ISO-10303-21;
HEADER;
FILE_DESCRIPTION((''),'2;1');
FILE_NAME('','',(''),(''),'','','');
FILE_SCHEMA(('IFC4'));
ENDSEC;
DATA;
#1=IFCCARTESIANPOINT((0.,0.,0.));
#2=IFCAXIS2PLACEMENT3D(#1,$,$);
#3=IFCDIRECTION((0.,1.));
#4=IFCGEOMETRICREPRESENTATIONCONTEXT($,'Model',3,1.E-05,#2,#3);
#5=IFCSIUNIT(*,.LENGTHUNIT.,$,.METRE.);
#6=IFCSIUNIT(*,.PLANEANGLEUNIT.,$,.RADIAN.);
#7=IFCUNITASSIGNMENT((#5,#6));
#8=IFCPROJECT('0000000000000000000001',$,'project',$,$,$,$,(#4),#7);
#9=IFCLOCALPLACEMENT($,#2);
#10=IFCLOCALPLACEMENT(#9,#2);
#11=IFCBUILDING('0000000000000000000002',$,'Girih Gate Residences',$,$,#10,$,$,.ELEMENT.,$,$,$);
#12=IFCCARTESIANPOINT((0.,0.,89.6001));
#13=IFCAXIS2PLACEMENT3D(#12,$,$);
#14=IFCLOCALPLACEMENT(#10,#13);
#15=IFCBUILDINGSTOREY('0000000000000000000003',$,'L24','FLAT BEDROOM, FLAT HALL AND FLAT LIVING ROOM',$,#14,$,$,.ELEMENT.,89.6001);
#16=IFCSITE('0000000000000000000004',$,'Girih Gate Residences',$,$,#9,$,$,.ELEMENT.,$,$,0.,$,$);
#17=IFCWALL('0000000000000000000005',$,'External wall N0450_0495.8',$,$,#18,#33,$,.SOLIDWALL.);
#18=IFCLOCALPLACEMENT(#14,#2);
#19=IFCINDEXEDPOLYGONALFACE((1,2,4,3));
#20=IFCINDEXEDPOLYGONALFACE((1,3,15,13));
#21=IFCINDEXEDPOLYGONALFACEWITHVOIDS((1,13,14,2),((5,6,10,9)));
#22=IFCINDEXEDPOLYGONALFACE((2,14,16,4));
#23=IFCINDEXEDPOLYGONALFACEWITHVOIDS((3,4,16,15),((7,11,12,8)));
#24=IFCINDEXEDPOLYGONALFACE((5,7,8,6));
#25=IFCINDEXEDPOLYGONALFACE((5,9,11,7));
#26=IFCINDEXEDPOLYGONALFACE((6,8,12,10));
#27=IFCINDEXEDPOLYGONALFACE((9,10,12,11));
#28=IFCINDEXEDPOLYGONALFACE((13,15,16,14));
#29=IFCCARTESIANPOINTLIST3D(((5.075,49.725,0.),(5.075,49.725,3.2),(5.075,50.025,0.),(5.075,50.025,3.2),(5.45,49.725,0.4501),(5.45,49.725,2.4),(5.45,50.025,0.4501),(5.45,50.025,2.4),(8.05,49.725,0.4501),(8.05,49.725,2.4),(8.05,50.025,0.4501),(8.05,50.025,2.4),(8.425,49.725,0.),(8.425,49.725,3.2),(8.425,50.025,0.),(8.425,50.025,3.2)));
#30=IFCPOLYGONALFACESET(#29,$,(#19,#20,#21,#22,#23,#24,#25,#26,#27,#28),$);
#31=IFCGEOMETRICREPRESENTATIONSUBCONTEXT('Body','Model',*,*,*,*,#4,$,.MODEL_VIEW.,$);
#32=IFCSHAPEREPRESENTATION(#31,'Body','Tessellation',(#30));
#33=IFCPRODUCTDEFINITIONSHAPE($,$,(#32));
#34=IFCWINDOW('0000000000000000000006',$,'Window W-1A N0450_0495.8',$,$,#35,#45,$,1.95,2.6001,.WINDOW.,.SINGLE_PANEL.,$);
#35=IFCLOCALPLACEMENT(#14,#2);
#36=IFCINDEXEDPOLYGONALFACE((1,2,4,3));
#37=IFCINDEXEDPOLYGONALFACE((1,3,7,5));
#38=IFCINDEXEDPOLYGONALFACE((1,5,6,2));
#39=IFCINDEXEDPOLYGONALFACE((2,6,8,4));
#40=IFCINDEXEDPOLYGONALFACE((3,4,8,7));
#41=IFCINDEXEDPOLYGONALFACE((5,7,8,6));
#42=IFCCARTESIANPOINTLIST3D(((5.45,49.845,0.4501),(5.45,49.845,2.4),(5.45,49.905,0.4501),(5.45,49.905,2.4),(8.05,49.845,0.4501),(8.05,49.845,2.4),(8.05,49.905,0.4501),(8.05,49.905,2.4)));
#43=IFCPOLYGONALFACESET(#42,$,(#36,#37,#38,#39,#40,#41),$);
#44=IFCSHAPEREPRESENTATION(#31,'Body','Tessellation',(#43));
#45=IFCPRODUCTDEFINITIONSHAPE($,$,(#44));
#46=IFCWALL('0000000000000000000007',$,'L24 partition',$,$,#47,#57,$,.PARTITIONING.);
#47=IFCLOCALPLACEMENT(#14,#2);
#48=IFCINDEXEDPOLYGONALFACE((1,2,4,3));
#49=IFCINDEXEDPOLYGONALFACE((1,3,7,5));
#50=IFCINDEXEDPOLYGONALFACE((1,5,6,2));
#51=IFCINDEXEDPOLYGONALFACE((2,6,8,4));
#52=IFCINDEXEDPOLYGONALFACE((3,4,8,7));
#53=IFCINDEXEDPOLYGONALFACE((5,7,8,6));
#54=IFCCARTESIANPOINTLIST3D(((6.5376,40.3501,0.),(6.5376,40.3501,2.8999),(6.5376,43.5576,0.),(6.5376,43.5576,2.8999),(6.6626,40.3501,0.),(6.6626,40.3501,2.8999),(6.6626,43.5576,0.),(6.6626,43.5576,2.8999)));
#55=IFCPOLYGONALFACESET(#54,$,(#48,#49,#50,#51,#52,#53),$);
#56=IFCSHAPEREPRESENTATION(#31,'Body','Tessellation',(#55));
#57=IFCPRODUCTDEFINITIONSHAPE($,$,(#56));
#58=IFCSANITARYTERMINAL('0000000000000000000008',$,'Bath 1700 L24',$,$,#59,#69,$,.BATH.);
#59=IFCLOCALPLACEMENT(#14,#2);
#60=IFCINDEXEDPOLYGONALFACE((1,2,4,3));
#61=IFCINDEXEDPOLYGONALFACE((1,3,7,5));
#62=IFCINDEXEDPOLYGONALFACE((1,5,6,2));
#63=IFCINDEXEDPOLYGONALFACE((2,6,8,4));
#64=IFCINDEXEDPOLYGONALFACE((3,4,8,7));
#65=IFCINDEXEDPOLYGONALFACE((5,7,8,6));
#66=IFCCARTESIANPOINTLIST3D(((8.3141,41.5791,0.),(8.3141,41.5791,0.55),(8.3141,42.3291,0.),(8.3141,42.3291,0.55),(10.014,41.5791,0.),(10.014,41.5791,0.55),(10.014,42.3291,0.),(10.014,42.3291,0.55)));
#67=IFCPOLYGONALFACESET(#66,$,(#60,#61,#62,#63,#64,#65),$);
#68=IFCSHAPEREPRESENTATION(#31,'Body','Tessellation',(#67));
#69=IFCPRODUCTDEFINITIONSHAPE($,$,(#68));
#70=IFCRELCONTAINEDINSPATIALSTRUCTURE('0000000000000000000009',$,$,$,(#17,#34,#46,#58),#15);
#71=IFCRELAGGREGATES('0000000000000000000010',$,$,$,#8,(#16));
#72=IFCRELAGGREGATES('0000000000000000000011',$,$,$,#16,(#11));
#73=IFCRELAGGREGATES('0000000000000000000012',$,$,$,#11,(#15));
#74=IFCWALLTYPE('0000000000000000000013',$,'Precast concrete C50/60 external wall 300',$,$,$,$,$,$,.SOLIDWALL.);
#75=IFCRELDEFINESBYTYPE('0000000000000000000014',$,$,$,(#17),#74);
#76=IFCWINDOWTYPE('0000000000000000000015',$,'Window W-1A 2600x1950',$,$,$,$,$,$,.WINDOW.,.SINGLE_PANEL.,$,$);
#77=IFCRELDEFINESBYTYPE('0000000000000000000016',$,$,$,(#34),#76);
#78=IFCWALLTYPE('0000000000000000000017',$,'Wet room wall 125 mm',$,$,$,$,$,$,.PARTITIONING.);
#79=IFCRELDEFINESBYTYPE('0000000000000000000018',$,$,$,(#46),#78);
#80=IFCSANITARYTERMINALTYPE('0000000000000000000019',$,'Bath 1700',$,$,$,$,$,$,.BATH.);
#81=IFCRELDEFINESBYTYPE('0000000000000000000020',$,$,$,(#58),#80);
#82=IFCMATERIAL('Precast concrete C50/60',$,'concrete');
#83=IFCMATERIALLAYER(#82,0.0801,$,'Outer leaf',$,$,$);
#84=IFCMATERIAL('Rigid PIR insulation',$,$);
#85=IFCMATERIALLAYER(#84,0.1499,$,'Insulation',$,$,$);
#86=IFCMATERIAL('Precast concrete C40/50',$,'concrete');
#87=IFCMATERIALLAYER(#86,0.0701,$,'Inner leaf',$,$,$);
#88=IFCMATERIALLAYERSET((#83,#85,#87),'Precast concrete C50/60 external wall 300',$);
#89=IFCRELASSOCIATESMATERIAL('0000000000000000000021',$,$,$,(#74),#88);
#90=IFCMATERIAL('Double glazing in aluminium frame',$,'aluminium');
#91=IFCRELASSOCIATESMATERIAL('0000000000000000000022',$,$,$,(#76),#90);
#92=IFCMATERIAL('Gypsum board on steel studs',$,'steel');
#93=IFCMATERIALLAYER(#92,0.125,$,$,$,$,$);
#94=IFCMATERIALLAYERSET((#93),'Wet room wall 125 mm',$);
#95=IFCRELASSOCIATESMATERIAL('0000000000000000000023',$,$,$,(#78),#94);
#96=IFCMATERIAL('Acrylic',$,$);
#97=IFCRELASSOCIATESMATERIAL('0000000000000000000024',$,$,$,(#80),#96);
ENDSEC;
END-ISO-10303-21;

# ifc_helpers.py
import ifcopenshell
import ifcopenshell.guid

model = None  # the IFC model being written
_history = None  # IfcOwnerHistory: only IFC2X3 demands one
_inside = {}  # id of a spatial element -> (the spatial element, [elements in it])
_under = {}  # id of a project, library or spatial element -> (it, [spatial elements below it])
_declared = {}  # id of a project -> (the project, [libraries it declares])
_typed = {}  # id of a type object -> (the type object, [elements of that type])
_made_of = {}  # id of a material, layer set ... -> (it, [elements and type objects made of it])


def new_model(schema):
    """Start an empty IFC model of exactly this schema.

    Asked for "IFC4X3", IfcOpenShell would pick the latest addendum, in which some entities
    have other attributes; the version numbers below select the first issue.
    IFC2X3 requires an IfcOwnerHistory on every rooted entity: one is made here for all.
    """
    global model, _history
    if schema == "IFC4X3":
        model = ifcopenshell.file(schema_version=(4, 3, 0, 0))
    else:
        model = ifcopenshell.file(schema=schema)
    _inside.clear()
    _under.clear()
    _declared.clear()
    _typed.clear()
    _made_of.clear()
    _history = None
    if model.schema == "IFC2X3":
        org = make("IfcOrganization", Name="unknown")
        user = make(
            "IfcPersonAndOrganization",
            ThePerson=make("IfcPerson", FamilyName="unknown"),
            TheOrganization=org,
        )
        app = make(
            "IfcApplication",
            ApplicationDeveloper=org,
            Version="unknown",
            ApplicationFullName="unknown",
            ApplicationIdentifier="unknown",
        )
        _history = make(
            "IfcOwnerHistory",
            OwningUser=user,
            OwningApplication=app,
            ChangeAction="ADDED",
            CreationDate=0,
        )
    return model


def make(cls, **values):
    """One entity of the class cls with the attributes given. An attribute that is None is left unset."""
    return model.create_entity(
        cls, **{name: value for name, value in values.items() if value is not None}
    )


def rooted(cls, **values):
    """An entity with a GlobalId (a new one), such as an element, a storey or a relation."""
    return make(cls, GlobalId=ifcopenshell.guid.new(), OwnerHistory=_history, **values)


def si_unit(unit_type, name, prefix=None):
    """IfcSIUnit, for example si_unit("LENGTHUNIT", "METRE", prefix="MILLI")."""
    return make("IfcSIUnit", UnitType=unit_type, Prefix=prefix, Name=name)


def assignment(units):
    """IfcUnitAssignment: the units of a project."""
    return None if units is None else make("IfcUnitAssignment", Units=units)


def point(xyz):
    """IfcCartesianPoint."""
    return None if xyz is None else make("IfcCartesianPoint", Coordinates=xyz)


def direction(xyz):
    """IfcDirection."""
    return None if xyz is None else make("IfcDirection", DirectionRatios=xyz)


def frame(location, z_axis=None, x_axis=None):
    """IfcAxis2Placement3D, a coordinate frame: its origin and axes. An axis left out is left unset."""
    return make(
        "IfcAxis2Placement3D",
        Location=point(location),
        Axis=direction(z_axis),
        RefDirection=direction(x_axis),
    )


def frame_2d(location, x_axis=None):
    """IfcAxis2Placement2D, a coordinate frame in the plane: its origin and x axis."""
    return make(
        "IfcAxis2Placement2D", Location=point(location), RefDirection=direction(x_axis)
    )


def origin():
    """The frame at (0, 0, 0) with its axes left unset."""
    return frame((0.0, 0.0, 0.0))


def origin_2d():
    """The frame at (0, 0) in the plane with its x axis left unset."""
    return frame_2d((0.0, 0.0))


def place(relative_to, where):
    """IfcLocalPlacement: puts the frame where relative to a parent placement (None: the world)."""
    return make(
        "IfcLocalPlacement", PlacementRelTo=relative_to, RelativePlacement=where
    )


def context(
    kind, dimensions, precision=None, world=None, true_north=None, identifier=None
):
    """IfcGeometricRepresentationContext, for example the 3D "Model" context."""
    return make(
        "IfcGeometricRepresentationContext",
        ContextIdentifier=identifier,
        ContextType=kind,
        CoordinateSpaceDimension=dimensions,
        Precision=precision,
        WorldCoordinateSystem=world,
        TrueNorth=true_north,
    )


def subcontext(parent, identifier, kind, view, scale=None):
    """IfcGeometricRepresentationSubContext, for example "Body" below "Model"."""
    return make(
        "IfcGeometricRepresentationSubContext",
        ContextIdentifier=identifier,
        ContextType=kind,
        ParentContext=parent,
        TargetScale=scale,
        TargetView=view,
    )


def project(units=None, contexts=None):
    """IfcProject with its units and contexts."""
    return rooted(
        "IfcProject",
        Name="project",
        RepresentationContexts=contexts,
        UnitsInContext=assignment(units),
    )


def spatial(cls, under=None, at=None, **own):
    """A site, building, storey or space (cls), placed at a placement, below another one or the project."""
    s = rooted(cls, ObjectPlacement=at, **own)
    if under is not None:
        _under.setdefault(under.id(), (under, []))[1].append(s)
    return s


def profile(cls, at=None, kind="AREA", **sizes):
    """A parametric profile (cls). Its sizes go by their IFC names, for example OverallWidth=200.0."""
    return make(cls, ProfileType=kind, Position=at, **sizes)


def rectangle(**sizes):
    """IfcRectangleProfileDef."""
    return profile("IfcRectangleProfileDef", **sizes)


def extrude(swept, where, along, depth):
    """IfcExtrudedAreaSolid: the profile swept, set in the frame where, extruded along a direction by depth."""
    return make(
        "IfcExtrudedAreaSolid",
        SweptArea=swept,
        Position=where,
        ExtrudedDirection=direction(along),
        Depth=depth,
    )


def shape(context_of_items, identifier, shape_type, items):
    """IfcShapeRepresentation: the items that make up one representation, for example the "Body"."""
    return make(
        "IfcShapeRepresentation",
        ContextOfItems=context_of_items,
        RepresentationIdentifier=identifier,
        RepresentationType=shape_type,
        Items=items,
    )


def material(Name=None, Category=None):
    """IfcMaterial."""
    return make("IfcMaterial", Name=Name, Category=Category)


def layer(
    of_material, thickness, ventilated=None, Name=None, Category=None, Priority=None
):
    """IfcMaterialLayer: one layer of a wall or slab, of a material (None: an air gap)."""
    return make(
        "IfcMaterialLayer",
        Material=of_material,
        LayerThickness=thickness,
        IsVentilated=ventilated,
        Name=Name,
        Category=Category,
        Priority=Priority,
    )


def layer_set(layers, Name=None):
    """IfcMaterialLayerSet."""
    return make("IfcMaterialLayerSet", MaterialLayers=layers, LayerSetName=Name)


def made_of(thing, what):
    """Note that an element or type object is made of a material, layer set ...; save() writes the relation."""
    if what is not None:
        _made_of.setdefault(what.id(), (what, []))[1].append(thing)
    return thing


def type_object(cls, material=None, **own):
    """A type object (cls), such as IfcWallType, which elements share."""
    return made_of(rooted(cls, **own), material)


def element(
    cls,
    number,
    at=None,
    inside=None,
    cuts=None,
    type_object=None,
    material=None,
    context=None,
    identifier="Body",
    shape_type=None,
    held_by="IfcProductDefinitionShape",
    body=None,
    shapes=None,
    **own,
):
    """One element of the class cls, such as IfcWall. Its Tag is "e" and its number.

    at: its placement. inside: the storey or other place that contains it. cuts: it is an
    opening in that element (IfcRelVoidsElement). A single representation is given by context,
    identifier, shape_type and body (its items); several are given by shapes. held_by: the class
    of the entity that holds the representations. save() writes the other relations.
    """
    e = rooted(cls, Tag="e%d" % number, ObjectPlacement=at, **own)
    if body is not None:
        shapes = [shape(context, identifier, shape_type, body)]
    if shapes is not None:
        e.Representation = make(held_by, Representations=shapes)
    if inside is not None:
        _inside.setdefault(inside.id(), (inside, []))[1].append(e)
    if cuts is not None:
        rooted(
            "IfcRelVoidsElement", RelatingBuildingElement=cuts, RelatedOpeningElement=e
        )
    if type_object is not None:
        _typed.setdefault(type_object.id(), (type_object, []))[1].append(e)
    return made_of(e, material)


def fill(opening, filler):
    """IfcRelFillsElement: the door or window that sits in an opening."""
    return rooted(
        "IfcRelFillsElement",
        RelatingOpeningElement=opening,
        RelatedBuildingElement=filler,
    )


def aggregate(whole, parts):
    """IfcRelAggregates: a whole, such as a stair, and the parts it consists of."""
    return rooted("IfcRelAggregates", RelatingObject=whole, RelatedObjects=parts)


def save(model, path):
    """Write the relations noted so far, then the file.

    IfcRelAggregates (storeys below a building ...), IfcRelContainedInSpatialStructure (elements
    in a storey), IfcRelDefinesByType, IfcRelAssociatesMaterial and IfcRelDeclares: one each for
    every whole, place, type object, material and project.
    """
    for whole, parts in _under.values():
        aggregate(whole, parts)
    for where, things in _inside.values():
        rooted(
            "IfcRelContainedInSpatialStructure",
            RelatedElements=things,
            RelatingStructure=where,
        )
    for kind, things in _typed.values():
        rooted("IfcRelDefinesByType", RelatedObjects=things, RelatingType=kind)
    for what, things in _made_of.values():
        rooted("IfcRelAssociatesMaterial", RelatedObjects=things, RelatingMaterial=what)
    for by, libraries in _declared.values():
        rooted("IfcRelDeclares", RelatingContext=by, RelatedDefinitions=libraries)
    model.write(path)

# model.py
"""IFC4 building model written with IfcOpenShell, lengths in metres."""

from ifc_helpers import new_model, si_unit, direction, frame, frame_2d, origin, origin_2d, place, context, subcontext, project, spatial, rectangle, extrude, material, layer, layer_set, type_object, element, fill, save


model = new_model("IFC4")

# Units and contexts
model_context = context("Model", 3, precision=1e-05, world=origin(), true_north=direction((0.0, 1.0)))
body_context = subcontext(model_context, "Body", "Model", "MODEL_VIEW")
ifc_project = project(units=[si_unit("LENGTHUNIT", "METRE"), si_unit("PLANEANGLEUNIT", "RADIAN")], contexts=[model_context])

# Site, building, storey
site_placement = place(None, origin())
site = spatial("IfcSite", under=ifc_project, at=site_placement, Name="Girih Gate Residences", CompositionType="ELEMENT", RefElevation=0.0)
building_placement = place(site_placement, origin())
building = spatial("IfcBuilding", under=site, at=building_placement, Name="Girih Gate Residences", CompositionType="ELEMENT")
storey_placement = place(building_placement, frame((0.0, 0.0, 89.6001)))
storey = spatial("IfcBuildingStorey", under=building, at=storey_placement, Name="L24", Description="FLAT BEDROOM, FLAT HALL AND FLAT LIVING ROOM", CompositionType="ELEMENT", Elevation=89.6001)

# Shared definitions
ifc_material_1 = material(Name="Gypsum board on steel studs", Category="steel")

# Wall, opening, window
ifc_material_2 = material(Name="Precast concrete C50/60", Category="concrete")
ifc_layer_1 = layer(ifc_material_2, 0.0801, Name="Outer leaf")
ifc_material_3 = material(Name="Rigid PIR insulation")
ifc_layer_2 = layer(ifc_material_3, 0.1499, Name="Insulation")
ifc_material_4 = material(Name="Precast concrete C40/50", Category="concrete")
ifc_layer_3 = layer(ifc_material_4, 0.0701, Name="Inner leaf")
ifc_layer_set_1 = layer_set([ifc_layer_1, ifc_layer_2, ifc_layer_3], Name="Precast concrete C50/60 external wall 300")
wall_type_1 = type_object("IfcWallType", Name="Precast concrete C50/60 external wall 300", PredefinedType="SOLIDWALL", material=ifc_layer_set_1)
ifc_material_5 = material(Name="Double glazing in aluminium frame", Category="aluminium")
window_type = type_object("IfcWindowType", Name="Window W-1A 2600x1950", PartitioningType="SINGLE_PANEL", PredefinedType="WINDOW", material=ifc_material_5)
wall_1_placement = place(storey_placement, frame((5.075, 49.875, 0.0), z_axis=(0.0, 0.0, 1.0), x_axis=(1.0, 0.0, 0.0)))
wall_1 = element("IfcWall", 1, at=wall_1_placement, inside=storey, type_object=wall_type_1, Name="External wall N0450_0495.8", PredefinedType="SOLIDWALL", context=body_context, shape_type="SweptSolid", body=[
    extrude(rectangle(XDim=3.3501, YDim=0.3, at=frame_2d((1.675, 0.0))), origin(), (0.0, 0.0, 1.0), 3.2),
])
opening_1_placement = place(wall_1_placement, frame((0.375, 0.0, 0.45)))
opening_1 = element("IfcOpeningElement", 2, at=opening_1_placement, cuts=wall_1, PredefinedType="OPENING", context=body_context, shape_type="SweptSolid", body=[
    extrude(rectangle(XDim=2.6001, YDim=1.95, at=frame_2d((1.3, 0.9751))), frame((0.0, 0.1599, 0.0), z_axis=(0.0, -1.0, 0.0), x_axis=(1.0, 0.0, 0.0)), (0.0, 0.0, 1.0), 0.3201),
])
window_1_placement = place(opening_1_placement, origin())
window_1 = element("IfcWindow", 3, at=window_1_placement, inside=storey, type_object=window_type, Name="Window W-1A N0450_0495.8", OverallHeight=1.95, OverallWidth=2.6001, PartitioningType="SINGLE_PANEL", PredefinedType="WINDOW", context=body_context, shape_type="SweptSolid", body=[
    extrude(rectangle(XDim=2.6001, YDim=1.95, at=frame_2d((1.3, 0.9751))), frame((0.0, 0.03, 0.0), z_axis=(0.0, -1.0, 0.0), x_axis=(1.0, 0.0, 0.0)), (0.0, 0.0, 1.0), 0.0601),
])
fill(opening_1, window_1)

# Wall
ifc_layer_4 = layer(ifc_material_1, 0.125)
ifc_layer_set_2 = layer_set([ifc_layer_4], Name="Wet room wall 125 mm")
wall_type_2 = type_object("IfcWallType", Name="Wet room wall 125 mm", PredefinedType="PARTITIONING", material=ifc_layer_set_2)
wall_2_placement = place(storey_placement, frame((6.6001, 40.3501, 0.0), z_axis=(0.0, 0.0, 1.0), x_axis=(0.0, 1.0, 0.0)))
element("IfcWall", 4, at=wall_2_placement, inside=storey, type_object=wall_type_2, Name="L24 partition", PredefinedType="PARTITIONING", context=body_context, shape_type="SweptSolid", body=[
    extrude(rectangle(XDim=3.2075, YDim=0.125, at=frame_2d((1.6038, 0.0))), origin(), (0.0, 0.0, 1.0), 2.8999),
])

# Sanitary terminal
ifc_material_6 = material(Name="Acrylic")
sanitary_terminal_type = type_object("IfcSanitaryTerminalType", Name="Bath 1700", PredefinedType="BATH", material=ifc_material_6)
sanitary_terminal_placement = place(storey_placement, frame((9.1641, 41.9541, 0.0), z_axis=(0.0, 0.0, 1.0), x_axis=(1.0, 0.0, 0.0)))
element("IfcSanitaryTerminal", 5, at=sanitary_terminal_placement, inside=storey, type_object=sanitary_terminal_type, Name="Bath 1700 L24", PredefinedType="BATH", context=body_context, shape_type="SweptSolid", body=[
    extrude(rectangle(XDim=1.7, YDim=0.75, at=origin_2d()), origin(), (0.0, 0.0, 1.0), 0.55),
])

save(model, "model.ifc")
